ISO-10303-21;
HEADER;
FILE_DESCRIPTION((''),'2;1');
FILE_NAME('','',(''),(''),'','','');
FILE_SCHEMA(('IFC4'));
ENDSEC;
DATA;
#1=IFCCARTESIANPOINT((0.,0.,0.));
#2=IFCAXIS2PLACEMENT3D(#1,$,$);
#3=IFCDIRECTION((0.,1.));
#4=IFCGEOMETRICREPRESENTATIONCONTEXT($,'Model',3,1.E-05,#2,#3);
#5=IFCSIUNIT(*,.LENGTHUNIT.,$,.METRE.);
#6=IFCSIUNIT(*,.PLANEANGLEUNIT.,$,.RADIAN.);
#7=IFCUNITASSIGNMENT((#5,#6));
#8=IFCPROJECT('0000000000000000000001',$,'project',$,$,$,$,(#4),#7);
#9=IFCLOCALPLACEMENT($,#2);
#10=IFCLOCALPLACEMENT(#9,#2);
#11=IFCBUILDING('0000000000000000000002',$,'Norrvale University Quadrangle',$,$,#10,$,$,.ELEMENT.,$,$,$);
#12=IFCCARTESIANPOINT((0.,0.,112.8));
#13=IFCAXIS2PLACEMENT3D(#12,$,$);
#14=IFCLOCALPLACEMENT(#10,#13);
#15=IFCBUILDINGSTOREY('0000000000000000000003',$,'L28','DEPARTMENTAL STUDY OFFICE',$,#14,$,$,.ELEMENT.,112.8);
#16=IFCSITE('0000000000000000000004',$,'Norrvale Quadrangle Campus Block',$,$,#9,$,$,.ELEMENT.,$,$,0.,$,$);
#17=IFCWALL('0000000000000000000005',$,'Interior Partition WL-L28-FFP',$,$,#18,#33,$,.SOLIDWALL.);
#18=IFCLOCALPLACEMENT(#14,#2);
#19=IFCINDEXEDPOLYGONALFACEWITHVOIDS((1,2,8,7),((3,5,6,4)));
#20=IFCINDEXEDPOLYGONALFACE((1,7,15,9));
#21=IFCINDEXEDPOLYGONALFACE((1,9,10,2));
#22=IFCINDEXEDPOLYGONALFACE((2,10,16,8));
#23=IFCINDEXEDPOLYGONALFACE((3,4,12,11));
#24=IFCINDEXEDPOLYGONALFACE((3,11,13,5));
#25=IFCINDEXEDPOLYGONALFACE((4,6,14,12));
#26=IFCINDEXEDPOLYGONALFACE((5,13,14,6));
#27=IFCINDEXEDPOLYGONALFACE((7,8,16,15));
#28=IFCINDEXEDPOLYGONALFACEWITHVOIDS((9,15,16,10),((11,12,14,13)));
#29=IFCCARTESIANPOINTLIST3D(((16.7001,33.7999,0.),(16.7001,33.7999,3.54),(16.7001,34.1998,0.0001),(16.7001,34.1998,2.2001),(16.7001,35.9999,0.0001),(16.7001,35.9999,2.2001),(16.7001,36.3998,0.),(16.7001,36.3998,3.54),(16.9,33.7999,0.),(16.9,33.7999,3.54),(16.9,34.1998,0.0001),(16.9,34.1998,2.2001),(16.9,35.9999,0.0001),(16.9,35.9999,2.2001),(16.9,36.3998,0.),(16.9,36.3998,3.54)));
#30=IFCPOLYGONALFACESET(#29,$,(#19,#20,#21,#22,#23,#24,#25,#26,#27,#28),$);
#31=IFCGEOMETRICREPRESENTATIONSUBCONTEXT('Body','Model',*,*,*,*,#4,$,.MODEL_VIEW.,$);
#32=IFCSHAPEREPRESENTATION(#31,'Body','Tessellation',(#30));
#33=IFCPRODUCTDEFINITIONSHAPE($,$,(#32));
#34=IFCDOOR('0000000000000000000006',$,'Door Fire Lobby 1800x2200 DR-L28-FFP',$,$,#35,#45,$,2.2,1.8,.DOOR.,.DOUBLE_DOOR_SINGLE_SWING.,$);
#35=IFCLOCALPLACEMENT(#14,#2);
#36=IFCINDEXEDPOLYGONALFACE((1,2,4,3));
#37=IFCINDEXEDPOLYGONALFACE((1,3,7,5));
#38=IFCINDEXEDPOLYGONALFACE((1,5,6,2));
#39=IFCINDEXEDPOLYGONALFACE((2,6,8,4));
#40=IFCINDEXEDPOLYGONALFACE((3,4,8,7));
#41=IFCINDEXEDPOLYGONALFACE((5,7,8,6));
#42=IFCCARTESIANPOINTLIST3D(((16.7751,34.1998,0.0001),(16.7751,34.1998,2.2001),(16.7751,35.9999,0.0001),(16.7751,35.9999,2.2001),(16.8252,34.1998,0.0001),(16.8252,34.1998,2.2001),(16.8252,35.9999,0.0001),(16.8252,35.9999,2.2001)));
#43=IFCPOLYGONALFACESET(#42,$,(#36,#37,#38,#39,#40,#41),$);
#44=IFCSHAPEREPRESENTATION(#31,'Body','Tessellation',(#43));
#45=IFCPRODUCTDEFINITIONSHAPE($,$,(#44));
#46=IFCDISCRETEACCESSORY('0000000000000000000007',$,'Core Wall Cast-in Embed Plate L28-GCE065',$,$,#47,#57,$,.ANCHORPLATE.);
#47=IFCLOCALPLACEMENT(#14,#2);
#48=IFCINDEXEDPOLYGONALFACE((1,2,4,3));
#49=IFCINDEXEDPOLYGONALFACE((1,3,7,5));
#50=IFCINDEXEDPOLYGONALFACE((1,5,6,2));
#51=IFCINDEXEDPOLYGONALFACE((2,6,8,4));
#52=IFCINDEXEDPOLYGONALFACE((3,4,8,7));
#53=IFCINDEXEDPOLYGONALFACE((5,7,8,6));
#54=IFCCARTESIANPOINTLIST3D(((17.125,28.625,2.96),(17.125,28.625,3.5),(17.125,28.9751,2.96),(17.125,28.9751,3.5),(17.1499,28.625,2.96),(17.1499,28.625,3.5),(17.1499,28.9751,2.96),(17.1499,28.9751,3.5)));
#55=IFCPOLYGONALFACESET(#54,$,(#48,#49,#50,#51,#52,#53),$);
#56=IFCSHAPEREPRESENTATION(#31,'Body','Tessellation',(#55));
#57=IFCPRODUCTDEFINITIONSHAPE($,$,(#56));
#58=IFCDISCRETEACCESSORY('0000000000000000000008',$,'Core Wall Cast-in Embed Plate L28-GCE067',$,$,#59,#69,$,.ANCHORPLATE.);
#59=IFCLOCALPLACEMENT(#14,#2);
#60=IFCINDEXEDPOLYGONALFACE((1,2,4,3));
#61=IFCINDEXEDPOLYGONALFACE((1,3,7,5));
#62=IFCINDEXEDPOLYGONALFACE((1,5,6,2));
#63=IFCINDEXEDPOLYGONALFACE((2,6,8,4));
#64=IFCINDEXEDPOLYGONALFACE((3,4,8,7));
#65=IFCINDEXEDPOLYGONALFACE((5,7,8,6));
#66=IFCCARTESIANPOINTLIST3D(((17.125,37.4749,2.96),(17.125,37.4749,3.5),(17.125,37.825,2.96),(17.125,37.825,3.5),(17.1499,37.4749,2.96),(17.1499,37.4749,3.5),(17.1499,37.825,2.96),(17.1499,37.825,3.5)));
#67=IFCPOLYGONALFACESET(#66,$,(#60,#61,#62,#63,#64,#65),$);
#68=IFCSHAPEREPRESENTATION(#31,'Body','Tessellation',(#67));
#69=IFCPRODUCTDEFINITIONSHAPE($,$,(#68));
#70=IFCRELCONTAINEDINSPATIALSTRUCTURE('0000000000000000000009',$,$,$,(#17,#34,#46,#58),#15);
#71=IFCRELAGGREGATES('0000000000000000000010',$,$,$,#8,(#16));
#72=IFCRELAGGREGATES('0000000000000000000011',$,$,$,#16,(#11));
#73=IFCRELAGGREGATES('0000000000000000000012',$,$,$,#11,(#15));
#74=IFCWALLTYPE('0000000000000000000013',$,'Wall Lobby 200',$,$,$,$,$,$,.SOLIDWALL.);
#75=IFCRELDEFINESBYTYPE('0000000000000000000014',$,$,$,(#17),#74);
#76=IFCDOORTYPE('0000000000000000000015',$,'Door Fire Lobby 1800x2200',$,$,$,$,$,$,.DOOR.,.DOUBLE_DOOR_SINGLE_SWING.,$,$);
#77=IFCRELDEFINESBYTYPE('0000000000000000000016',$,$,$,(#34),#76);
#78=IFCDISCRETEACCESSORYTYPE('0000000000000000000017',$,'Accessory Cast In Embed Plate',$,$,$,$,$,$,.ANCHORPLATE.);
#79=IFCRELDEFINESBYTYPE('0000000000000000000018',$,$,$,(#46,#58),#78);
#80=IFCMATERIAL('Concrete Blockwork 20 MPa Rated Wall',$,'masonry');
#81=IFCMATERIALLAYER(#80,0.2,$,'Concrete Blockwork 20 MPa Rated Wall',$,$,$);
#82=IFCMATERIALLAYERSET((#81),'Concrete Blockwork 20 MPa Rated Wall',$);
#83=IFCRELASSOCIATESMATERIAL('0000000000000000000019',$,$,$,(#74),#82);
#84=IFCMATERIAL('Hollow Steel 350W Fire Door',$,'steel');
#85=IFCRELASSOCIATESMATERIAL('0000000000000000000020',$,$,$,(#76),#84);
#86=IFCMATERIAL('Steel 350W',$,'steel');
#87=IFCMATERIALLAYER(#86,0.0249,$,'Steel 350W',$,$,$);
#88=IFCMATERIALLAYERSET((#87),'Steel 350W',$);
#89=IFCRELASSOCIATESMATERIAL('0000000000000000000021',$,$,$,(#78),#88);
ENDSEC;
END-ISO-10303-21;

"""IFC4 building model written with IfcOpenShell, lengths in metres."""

from ifc_helpers import new_model, si_unit, direction, frame, frame_2d, origin, origin_2d, place, context, subcontext, project, spatial, rectangle, extrude, material, layer, layer_set, type_object, element, fill, save


model = new_model("IFC4")

# Units and contexts
model_context = context("Model", 3, precision=1e-05, world=origin(), true_north=direction((0.0, 1.0)))
body_context = subcontext(model_context, "Body", "Model", "MODEL_VIEW")
ifc_project = project(units=[si_unit("LENGTHUNIT", "METRE"), si_unit("PLANEANGLEUNIT", "RADIAN")], contexts=[model_context])

# Site, building, storey
site_placement = place(None, origin())
site = spatial("IfcSite", under=ifc_project, at=site_placement, Name="Norrvale Quadrangle Campus Block", CompositionType="ELEMENT", RefElevation=0.0)
building_placement = place(site_placement, origin())
building = spatial("IfcBuilding", under=site, at=building_placement, Name="Norrvale University Quadrangle", CompositionType="ELEMENT")
storey_placement = place(building_placement, frame((0.0, 0.0, 112.8)))
storey = spatial("IfcBuildingStorey", under=building, at=storey_placement, Name="L28", Description="DEPARTMENTAL STUDY OFFICE", CompositionType="ELEMENT", Elevation=112.8)

# Shared definitions
ifc_material_1 = material(Name="Steel 350W", Category="steel")

# Wall, opening, door
ifc_material_2 = material(Name="Concrete Blockwork 20 MPa Rated Wall", Category="masonry")
ifc_layer_1 = layer(ifc_material_2, 0.2, Name="Concrete Blockwork 20 MPa Rated Wall")
ifc_layer_set_1 = layer_set([ifc_layer_1], Name="Concrete Blockwork 20 MPa Rated Wall")
wall_type_1 = type_object("IfcWallType", Name="Wall Lobby 200", PredefinedType="SOLIDWALL", material=ifc_layer_set_1)
wall_1_placement = place(storey_placement, frame((16.8, 33.8, 0.0), z_axis=(0.0, 0.0, 1.0), x_axis=(0.0, 1.0, 0.0)))
wall_1 = element("IfcWall", 1, at=wall_1_placement, inside=storey, type_object=wall_type_1, Name="Interior Partition WL-L28-FFP", PredefinedType="SOLIDWALL", context=body_context, shape_type="SweptSolid", body=[
    extrude(rectangle(XDim=2.5999, YDim=0.2, at=frame_2d((1.2998, 0.0))), origin(), (0.0, 0.0, 1.0), 3.54),
])
opening_1_placement = place(wall_1_placement, frame((0.3999, 0.0, 0.0)))
opening_1 = element("IfcOpeningElement", 2, at=opening_1_placement, cuts=wall_1, PredefinedType="OPENING", context=body_context, shape_type="SweptSolid", body=[
    extrude(rectangle(XDim=1.8, YDim=2.2, at=frame_2d((0.8999, 1.1001))), frame((0.0, 0.1121, 0.0), z_axis=(0.0, -1.0, 0.0), x_axis=(1.0, 0.0, 0.0)), (0.0, 0.0, 1.0), 0.2239),
])
ifc_material_3 = material(Name="Hollow Steel 350W Fire Door", Category="steel")
door_type_1 = type_object("IfcDoorType", Name="Door Fire Lobby 1800x2200", OperationType="DOUBLE_DOOR_SINGLE_SWING", PredefinedType="DOOR", material=ifc_material_3)
door_1_placement = place(opening_1_placement, origin())
door_1 = element("IfcDoor", 3, at=door_1_placement, inside=storey, type_object=door_type_1, Name="Door Fire Lobby 1800x2200 DR-L28-FFP", OperationType="DOUBLE_DOOR_SINGLE_SWING", OverallHeight=2.2, OverallWidth=1.8, PredefinedType="DOOR", context=body_context, shape_type="SweptSolid", body=[
    extrude(rectangle(XDim=1.8, YDim=2.2, at=frame_2d((0.8999, 1.1001))), frame((0.0, 0.0249, 0.0), z_axis=(0.0, -1.0, 0.0), x_axis=(1.0, 0.0, 0.0)), (0.0, 0.0, 1.0), 0.05),
])
fill(opening_1, door_1)

# Discrete accessories
ifc_layer_2 = layer(ifc_material_1, 0.0249, Name="Steel 350W")
ifc_layer_set_2 = layer_set([ifc_layer_2], Name="Steel 350W")
discrete_accessory_type = type_object("IfcDiscreteAccessoryType", Name="Accessory Cast In Embed Plate", PredefinedType="ANCHORPLATE", material=ifc_layer_set_2)
for number, where, z_axis, x_axis, name in (
    (4, (17.1375, 28.8, 2.96), (0.0, 0.0, 1.0), (1.0, 0.0, 0.0), "Core Wall Cast-in Embed Plate L28-GCE065"),
    (5, (17.1375, 37.6499, 2.96), (0.0, 0.0, 1.0), (1.0, 0.0, 0.0), "Core Wall Cast-in Embed Plate L28-GCE067"),
):
    element("IfcDiscreteAccessory", number, at=place(storey_placement, frame(where, z_axis=z_axis, x_axis=x_axis)), inside=storey, type_object=discrete_accessory_type, Name=name, PredefinedType="ANCHORPLATE", context=body_context, shape_type="SweptSolid", body=[
        extrude(rectangle(XDim=0.0249, YDim=0.3501, at=origin_2d()), origin(), (0.0, 0.0, 1.0), 0.54),
    ])

save(model, "model.ifc")
